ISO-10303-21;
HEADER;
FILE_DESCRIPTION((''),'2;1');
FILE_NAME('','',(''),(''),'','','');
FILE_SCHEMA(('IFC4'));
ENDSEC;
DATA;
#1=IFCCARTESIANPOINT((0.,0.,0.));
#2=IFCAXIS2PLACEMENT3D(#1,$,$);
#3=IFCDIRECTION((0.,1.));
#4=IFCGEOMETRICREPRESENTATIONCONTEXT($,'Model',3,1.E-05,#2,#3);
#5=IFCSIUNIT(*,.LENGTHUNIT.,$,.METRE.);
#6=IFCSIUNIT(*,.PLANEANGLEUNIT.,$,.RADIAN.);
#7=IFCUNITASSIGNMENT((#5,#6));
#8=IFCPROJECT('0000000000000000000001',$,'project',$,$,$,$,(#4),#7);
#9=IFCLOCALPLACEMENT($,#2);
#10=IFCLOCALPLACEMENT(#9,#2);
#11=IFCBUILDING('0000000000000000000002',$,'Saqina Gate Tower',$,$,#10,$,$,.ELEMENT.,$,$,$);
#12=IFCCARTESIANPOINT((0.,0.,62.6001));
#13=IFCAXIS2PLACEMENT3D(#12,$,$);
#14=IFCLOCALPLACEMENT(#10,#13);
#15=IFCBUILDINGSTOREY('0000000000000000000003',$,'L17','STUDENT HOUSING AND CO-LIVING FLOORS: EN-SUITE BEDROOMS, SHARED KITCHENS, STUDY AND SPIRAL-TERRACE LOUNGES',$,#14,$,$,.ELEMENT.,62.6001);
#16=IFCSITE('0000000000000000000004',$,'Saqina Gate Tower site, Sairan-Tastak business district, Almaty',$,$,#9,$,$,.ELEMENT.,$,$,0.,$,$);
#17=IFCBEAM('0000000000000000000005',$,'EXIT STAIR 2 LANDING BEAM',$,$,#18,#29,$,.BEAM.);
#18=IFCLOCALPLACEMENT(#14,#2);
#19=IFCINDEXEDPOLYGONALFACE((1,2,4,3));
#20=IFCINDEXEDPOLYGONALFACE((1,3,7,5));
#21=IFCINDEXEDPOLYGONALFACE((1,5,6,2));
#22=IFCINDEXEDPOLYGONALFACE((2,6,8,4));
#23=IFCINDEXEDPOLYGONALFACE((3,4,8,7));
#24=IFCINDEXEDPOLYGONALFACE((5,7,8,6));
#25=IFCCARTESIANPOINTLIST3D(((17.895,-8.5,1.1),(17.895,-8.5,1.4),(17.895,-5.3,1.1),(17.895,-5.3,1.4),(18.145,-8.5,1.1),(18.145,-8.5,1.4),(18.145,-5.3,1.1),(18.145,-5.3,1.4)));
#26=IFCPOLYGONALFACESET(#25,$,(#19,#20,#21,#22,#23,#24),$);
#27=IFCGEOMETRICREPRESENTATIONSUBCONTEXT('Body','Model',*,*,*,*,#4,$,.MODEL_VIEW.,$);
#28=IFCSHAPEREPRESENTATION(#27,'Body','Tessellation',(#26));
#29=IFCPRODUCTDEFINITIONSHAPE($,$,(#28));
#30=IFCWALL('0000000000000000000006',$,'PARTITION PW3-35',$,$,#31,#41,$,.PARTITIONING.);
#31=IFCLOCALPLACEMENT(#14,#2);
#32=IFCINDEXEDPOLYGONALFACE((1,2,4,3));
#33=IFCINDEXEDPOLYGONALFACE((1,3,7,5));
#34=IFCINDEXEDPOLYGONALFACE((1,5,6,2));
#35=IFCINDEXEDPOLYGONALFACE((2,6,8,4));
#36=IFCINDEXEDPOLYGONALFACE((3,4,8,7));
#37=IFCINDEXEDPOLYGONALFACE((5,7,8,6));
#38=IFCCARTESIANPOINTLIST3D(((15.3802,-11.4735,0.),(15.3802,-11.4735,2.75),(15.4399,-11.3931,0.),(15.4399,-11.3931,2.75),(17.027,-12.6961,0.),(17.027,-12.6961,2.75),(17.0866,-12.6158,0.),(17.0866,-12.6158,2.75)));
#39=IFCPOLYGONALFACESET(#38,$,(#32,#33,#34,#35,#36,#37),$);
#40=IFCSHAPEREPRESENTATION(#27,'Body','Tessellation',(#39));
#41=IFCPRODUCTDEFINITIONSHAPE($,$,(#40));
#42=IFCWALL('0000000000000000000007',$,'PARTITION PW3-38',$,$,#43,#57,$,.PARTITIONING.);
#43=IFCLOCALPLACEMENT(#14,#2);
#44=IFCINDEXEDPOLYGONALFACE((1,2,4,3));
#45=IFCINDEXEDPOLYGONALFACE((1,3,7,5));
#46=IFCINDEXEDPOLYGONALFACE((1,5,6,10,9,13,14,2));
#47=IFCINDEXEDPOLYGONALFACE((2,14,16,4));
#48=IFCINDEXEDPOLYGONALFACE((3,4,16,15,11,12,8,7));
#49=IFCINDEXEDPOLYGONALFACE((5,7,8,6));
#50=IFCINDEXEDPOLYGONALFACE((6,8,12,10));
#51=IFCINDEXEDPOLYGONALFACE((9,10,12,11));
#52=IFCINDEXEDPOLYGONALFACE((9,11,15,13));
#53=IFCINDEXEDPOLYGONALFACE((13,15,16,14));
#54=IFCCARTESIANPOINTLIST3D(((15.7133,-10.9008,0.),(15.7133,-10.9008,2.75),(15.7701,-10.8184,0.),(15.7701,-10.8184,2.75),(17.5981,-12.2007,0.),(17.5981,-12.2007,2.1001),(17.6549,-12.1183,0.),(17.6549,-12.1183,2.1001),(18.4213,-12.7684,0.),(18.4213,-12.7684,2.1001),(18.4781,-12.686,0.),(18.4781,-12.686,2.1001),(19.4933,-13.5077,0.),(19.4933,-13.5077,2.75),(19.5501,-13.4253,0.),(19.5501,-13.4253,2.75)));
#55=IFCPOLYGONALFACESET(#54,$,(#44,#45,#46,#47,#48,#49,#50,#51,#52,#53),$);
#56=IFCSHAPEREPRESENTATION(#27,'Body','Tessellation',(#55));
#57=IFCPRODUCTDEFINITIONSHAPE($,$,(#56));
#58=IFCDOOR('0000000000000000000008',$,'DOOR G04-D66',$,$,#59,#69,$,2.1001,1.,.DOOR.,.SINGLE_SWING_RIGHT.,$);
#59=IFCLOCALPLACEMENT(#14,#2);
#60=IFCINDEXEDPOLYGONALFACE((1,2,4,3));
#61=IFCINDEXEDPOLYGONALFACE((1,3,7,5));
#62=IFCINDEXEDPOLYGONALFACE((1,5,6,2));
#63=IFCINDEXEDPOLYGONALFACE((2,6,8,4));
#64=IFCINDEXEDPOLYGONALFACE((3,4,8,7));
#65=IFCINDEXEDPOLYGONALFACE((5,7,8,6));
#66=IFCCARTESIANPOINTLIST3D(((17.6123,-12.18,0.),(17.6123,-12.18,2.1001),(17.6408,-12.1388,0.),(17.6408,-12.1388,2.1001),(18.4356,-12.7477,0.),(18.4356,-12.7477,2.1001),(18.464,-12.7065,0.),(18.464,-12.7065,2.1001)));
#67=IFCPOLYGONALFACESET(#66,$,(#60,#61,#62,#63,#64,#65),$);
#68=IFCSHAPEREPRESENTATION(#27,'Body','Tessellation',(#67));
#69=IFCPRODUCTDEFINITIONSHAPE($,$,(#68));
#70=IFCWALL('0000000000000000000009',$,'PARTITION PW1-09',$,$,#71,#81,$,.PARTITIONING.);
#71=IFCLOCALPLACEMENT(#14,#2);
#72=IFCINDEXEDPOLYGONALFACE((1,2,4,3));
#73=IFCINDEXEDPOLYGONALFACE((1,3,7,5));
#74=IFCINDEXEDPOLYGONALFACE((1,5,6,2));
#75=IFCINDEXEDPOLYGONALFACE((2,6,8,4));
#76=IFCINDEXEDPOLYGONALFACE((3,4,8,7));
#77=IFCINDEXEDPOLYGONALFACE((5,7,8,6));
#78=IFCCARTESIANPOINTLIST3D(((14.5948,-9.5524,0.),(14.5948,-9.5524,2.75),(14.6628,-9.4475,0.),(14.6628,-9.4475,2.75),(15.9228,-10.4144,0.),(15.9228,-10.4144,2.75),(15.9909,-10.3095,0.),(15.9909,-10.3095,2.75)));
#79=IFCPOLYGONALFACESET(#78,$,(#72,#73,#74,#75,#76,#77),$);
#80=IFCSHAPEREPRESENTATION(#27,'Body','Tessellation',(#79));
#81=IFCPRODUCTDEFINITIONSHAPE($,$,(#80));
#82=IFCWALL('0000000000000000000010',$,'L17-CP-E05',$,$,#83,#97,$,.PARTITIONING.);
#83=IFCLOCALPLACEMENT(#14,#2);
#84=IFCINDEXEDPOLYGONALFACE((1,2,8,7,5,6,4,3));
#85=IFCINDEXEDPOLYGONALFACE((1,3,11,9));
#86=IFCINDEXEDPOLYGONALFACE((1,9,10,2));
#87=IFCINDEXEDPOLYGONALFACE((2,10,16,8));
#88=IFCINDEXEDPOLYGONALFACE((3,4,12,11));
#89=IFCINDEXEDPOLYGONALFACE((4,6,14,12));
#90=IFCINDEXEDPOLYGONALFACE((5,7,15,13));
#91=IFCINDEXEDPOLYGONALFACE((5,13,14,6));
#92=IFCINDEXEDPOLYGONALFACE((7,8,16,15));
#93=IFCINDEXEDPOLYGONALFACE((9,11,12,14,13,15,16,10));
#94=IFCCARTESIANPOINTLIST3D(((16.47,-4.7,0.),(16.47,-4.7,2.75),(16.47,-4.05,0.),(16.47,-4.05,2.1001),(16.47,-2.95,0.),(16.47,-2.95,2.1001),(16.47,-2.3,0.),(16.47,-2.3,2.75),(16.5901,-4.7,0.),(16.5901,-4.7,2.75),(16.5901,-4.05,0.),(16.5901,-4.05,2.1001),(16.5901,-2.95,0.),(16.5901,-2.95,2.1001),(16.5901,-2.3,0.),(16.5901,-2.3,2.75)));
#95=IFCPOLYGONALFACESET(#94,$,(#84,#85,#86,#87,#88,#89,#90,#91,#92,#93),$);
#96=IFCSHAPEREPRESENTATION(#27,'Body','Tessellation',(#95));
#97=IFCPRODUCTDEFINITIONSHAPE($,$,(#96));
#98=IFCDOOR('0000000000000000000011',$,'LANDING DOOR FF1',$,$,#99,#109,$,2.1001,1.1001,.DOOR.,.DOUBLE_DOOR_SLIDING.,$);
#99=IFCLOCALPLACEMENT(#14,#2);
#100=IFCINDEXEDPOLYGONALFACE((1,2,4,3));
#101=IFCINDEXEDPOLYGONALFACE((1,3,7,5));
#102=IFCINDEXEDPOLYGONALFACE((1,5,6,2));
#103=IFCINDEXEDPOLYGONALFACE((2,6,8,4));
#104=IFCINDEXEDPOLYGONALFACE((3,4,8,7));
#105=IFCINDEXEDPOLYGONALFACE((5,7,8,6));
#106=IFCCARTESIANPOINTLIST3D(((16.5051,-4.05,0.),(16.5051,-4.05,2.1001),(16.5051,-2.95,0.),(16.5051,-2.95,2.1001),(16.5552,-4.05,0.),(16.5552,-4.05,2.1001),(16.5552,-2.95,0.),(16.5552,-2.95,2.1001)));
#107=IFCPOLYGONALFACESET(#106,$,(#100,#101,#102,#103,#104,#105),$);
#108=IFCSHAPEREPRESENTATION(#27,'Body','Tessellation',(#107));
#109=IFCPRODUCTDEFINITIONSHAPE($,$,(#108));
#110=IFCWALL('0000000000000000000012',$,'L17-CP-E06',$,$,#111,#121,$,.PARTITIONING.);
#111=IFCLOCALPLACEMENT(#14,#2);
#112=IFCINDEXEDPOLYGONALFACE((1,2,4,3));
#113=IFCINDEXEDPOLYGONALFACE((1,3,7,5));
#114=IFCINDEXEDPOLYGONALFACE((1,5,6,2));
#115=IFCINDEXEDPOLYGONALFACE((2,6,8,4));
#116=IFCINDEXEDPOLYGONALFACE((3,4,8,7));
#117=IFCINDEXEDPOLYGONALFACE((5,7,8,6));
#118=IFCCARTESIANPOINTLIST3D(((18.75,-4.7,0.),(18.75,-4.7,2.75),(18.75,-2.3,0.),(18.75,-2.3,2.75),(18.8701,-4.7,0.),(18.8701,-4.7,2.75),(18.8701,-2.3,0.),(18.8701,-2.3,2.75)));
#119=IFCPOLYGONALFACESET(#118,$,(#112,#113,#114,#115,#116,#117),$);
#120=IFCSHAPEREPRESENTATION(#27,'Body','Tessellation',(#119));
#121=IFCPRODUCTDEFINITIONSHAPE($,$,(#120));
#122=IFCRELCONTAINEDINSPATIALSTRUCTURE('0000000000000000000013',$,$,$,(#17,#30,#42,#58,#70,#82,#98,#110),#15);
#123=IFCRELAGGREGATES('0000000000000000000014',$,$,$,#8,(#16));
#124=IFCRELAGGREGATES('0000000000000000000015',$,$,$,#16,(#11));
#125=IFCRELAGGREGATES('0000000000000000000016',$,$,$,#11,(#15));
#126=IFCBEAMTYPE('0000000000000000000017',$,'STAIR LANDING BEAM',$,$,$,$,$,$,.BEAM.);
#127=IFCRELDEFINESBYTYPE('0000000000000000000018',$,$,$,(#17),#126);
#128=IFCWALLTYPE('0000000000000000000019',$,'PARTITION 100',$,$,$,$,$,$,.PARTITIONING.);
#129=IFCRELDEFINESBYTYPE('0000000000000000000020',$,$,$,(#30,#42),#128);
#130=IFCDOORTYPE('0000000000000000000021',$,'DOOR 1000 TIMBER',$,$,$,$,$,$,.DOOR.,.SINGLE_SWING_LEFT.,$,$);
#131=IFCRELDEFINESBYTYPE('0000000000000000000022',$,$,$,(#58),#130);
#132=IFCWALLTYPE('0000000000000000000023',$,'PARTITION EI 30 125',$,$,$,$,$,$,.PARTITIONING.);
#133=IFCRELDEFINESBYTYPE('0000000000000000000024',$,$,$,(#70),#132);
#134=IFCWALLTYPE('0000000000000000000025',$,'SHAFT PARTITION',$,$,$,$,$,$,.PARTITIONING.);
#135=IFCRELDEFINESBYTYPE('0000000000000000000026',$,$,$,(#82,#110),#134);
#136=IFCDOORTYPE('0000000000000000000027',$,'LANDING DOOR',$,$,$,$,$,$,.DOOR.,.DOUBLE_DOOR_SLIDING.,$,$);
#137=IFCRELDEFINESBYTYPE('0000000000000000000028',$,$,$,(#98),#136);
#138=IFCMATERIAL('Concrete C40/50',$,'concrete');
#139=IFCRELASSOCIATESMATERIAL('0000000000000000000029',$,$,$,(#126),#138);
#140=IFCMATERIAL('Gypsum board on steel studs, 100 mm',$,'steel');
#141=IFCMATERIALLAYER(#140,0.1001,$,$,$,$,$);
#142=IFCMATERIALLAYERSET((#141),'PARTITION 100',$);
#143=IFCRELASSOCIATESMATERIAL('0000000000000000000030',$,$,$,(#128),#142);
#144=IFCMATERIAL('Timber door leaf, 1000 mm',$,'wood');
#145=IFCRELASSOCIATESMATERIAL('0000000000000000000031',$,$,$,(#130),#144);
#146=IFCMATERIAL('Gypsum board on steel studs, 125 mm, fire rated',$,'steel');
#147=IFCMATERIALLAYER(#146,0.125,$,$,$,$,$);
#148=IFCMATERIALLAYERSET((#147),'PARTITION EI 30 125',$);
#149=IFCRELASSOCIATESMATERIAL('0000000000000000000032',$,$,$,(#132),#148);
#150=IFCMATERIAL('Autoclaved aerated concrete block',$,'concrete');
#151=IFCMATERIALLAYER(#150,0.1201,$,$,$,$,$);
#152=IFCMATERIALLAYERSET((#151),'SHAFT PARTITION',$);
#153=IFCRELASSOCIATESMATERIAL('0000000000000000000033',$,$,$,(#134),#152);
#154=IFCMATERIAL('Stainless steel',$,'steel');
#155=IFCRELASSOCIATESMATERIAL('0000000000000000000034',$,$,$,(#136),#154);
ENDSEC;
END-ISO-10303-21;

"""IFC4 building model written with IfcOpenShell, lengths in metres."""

from ifc_helpers import new_model, si_unit, direction, frame, frame_2d, origin, origin_2d, place, context, subcontext, project, spatial, rectangle, extrude, material, layer, layer_set, material_profile, profile_set, type_object, element, fill, save


model = new_model("IFC4")

# Units and contexts
model_context = context("Model", 3, precision=1e-05, world=origin(), true_north=direction((0.0, 1.0)))
body_context = subcontext(model_context, "Body", "Model", "MODEL_VIEW")
ifc_project = project(units=[si_unit("LENGTHUNIT", "METRE"), si_unit("PLANEANGLEUNIT", "RADIAN")], contexts=[model_context])

# Site, building, storey
site_placement = place(None, origin())
site = spatial("IfcSite", under=ifc_project, at=site_placement, Name="Saqina Gate Tower site, Sairan-Tastak business district, Almaty", CompositionType="ELEMENT", RefElevation=0.0)
building_placement = place(site_placement, origin())
building = spatial("IfcBuilding", under=site, at=building_placement, Name="Saqina Gate Tower", CompositionType="ELEMENT")
storey_placement = place(building_placement, frame((0.0, 0.0, 62.6001)))
storey = spatial("IfcBuildingStorey", under=building, at=storey_placement, Name="L17", Description="STUDENT HOUSING AND CO-LIVING FLOORS: EN-SUITE BEDROOMS, SHARED KITCHENS, STUDY AND SPIRAL-TERRACE LOUNGES", CompositionType="ELEMENT", Elevation=62.6001)

# Beam
ifc_material_1 = material(Name="Concrete C40/50", Category="concrete")
ifc_material_profile = material_profile(ifc_material_1, rectangle(XDim=0.25, YDim=0.3, at=origin_2d()), Name="STAIR LANDING BEAM")
ifc_profile_set = profile_set([ifc_material_profile], Name="Concrete C40/50")
beam_type = type_object("IfcBeamType", Name="STAIR LANDING BEAM", PredefinedType="BEAM", material=ifc_profile_set)
beam_placement = place(storey_placement, frame((18.02, -8.5, 1.25), z_axis=(0.0, 1.0, 0.0), x_axis=(-1.0, 0.0, 0.0)))
element("IfcBeam", 1, at=beam_placement, inside=storey, type_object=beam_type, Name="EXIT STAIR 2 LANDING BEAM", PredefinedType="BEAM", context=body_context, shape_type="SweptSolid", body=[
    extrude(rectangle(XDim=0.25, YDim=0.3, at=origin_2d()), origin(), (0.0, 0.0, 1.0), 3.2),
])

# Wall
ifc_material_2 = material(Name="Gypsum board on steel studs, 100 mm", Category="steel")
ifc_layer_1 = layer(ifc_material_2, 0.1001)
ifc_layer_set_1 = layer_set([ifc_layer_1], Name="PARTITION 100")
wall_type_1 = type_object("IfcWallType", Name="PARTITION 100", PredefinedType="PARTITIONING", material=ifc_layer_set_1)
wall_1_placement = place(storey_placement, frame((15.4102, -11.4333, 0.0), z_axis=(0.0, 0.0, 1.0), x_axis=(0.80289, -0.596127, 0.0)))
element("IfcWall", 2, at=wall_1_placement, inside=storey, type_object=wall_type_1, Name="PARTITION PW3-35", PredefinedType="PARTITIONING", context=body_context, shape_type="SweptSolid", body=[
    extrude(rectangle(XDim=2.051, YDim=0.1001, at=frame_2d((1.0254, 0.0))), origin(), (0.0, 0.0, 1.0), 2.75),
])

# Wall, opening, door
wall_2_placement = place(storey_placement, frame((15.7417, -10.8596, 0.0), z_axis=(0.0, 0.0, 1.0), x_axis=(0.823211, -0.567735, 0.0)))
wall_2 = element("IfcWall", 3, at=wall_2_placement, inside=storey, type_object=wall_type_1, Name="PARTITION PW3-38", PredefinedType="PARTITIONING", context=body_context, shape_type="SweptSolid", body=[
    extrude(rectangle(XDim=4.5918, YDim=0.1001, at=frame_2d((2.2959, 0.0))), origin(), (0.0, 0.0, 1.0), 2.75),
])
opening_1_placement = place(wall_2_placement, frame((2.2896, 0.0, 0.0)))
opening_1 = element("IfcOpeningElement", 4, at=opening_1_placement, cuts=wall_2, PredefinedType="OPENING", context=body_context, shape_type="SweptSolid", body=[
    extrude(rectangle(XDim=1.0, YDim=2.1001, at=frame_2d((0.5, 1.05))), frame((0.0, 0.062, 0.0), z_axis=(0.0, -1.0, 0.0), x_axis=(1.0, 0.0, 0.0)), (0.0, 0.0, 1.0), 0.124),
])
ifc_material_3 = material(Name="Timber door leaf, 1000 mm", Category="wood")
door_type_1 = type_object("IfcDoorType", Name="DOOR 1000 TIMBER", OperationType="SINGLE_SWING_LEFT", PredefinedType="DOOR", material=ifc_material_3)
door_1_placement = place(opening_1_placement, frame((1.0, 0.0, 0.0), z_axis=(0.0, 0.0, 1.0), x_axis=(-1.0, 0.0, 0.0)))
door_1 = element("IfcDoor", 5, at=door_1_placement, inside=storey, type_object=door_type_1, Name="DOOR G04-D66", OperationType="SINGLE_SWING_RIGHT", OverallHeight=2.1001, OverallWidth=1.0, PredefinedType="DOOR", context=body_context, shape_type="SweptSolid", body=[
    extrude(rectangle(XDim=1.0, YDim=2.1001, at=frame_2d((0.5, 1.05))), frame((0.0, 0.0249, 0.0), z_axis=(0.0, -1.0, 0.0), x_axis=(1.0, 0.0, 0.0)), (0.0, 0.0, 1.0), 0.05),
])
fill(opening_1, door_1)

# Wall
ifc_material_4 = material(Name="Gypsum board on steel studs, 125 mm, fire rated", Category="steel")
ifc_layer_2 = layer(ifc_material_4, 0.125)
ifc_layer_set_2 = layer_set([ifc_layer_2], Name="PARTITION EI 30 125")
wall_type_2 = type_object("IfcWallType", Name="PARTITION EI 30 125", PredefinedType="PARTITIONING", material=ifc_layer_set_2)
wall_3_placement = place(storey_placement, frame((14.6289, -9.5, 0.0), z_axis=(0.0, 0.0, 1.0), x_axis=(0.838796, -0.544446, 0.0)))
element("IfcWall", 6, at=wall_3_placement, inside=storey, type_object=wall_type_2, Name="PARTITION PW1-09", PredefinedType="PARTITIONING", context=body_context, shape_type="SweptSolid", body=[
    extrude(rectangle(XDim=1.5833, YDim=0.125, at=frame_2d((0.7915, 0.0))), origin(), (0.0, 0.0, 1.0), 2.75),
])

# Wall, opening, door
ifc_material_5 = material(Name="Autoclaved aerated concrete block", Category="concrete")
ifc_layer_3 = layer(ifc_material_5, 0.1201)
ifc_layer_set_3 = layer_set([ifc_layer_3], Name="SHAFT PARTITION")
wall_type_3 = type_object("IfcWallType", Name="SHAFT PARTITION", PredefinedType="PARTITIONING", material=ifc_layer_set_3)
wall_4_placement = place(storey_placement, frame((16.53, -4.7, 0.0), z_axis=(0.0, 0.0, 1.0), x_axis=(0.0, 1.0, 0.0)))
wall_4 = element("IfcWall", 7, at=wall_4_placement, inside=storey, type_object=wall_type_3, Name="L17-CP-E05", PredefinedType="PARTITIONING", context=body_context, shape_type="SweptSolid", body=[
    extrude(rectangle(XDim=2.3999, YDim=0.1201, at=frame_2d((1.2, 0.0))), origin(), (0.0, 0.0, 1.0), 2.75),
])
opening_2_placement = place(wall_4_placement, frame((0.6499, 0.0, 0.0)))
opening_2 = element("IfcOpeningElement", 8, at=opening_2_placement, cuts=wall_4, PredefinedType="OPENING", context=body_context, shape_type="SweptSolid", body=[
    extrude(rectangle(XDim=1.1001, YDim=2.1001, at=frame_2d((0.55, 1.05))), frame((0.0, 0.072, 0.0), z_axis=(0.0, -1.0, 0.0), x_axis=(1.0, 0.0, 0.0)), (0.0, 0.0, 1.0), 0.144),
])
ifc_material_6 = material(Name="Stainless steel", Category="steel")
door_type_2 = type_object("IfcDoorType", Name="LANDING DOOR", OperationType="DOUBLE_DOOR_SLIDING", PredefinedType="DOOR", material=ifc_material_6)
door_2_placement = place(opening_2_placement, origin())
door_2 = element("IfcDoor", 9, at=door_2_placement, inside=storey, type_object=door_type_2, Name="LANDING DOOR FF1", OperationType="DOUBLE_DOOR_SLIDING", OverallHeight=2.1001, OverallWidth=1.1001, PredefinedType="DOOR", context=body_context, shape_type="SweptSolid", body=[
    extrude(rectangle(XDim=1.1001, YDim=2.1001, at=frame_2d((0.55, 1.05))), frame((0.0, 0.0249, 0.0), z_axis=(0.0, -1.0, 0.0), x_axis=(1.0, 0.0, 0.0)), (0.0, 0.0, 1.0), 0.05),
])
fill(opening_2, door_2)

# Wall
wall_5_placement = place(storey_placement, frame((18.8101, -4.7, 0.0), z_axis=(0.0, 0.0, 1.0), x_axis=(0.0, 1.0, 0.0)))
element("IfcWall", 10, at=wall_5_placement, inside=storey, type_object=wall_type_3, Name="L17-CP-E06", PredefinedType="PARTITIONING", context=body_context, shape_type="SweptSolid", body=[
    extrude(rectangle(XDim=2.3999, YDim=0.1201, at=frame_2d((1.2, 0.0))), origin(), (0.0, 0.0, 1.0), 2.75),
])

save(model, "model.ifc")
